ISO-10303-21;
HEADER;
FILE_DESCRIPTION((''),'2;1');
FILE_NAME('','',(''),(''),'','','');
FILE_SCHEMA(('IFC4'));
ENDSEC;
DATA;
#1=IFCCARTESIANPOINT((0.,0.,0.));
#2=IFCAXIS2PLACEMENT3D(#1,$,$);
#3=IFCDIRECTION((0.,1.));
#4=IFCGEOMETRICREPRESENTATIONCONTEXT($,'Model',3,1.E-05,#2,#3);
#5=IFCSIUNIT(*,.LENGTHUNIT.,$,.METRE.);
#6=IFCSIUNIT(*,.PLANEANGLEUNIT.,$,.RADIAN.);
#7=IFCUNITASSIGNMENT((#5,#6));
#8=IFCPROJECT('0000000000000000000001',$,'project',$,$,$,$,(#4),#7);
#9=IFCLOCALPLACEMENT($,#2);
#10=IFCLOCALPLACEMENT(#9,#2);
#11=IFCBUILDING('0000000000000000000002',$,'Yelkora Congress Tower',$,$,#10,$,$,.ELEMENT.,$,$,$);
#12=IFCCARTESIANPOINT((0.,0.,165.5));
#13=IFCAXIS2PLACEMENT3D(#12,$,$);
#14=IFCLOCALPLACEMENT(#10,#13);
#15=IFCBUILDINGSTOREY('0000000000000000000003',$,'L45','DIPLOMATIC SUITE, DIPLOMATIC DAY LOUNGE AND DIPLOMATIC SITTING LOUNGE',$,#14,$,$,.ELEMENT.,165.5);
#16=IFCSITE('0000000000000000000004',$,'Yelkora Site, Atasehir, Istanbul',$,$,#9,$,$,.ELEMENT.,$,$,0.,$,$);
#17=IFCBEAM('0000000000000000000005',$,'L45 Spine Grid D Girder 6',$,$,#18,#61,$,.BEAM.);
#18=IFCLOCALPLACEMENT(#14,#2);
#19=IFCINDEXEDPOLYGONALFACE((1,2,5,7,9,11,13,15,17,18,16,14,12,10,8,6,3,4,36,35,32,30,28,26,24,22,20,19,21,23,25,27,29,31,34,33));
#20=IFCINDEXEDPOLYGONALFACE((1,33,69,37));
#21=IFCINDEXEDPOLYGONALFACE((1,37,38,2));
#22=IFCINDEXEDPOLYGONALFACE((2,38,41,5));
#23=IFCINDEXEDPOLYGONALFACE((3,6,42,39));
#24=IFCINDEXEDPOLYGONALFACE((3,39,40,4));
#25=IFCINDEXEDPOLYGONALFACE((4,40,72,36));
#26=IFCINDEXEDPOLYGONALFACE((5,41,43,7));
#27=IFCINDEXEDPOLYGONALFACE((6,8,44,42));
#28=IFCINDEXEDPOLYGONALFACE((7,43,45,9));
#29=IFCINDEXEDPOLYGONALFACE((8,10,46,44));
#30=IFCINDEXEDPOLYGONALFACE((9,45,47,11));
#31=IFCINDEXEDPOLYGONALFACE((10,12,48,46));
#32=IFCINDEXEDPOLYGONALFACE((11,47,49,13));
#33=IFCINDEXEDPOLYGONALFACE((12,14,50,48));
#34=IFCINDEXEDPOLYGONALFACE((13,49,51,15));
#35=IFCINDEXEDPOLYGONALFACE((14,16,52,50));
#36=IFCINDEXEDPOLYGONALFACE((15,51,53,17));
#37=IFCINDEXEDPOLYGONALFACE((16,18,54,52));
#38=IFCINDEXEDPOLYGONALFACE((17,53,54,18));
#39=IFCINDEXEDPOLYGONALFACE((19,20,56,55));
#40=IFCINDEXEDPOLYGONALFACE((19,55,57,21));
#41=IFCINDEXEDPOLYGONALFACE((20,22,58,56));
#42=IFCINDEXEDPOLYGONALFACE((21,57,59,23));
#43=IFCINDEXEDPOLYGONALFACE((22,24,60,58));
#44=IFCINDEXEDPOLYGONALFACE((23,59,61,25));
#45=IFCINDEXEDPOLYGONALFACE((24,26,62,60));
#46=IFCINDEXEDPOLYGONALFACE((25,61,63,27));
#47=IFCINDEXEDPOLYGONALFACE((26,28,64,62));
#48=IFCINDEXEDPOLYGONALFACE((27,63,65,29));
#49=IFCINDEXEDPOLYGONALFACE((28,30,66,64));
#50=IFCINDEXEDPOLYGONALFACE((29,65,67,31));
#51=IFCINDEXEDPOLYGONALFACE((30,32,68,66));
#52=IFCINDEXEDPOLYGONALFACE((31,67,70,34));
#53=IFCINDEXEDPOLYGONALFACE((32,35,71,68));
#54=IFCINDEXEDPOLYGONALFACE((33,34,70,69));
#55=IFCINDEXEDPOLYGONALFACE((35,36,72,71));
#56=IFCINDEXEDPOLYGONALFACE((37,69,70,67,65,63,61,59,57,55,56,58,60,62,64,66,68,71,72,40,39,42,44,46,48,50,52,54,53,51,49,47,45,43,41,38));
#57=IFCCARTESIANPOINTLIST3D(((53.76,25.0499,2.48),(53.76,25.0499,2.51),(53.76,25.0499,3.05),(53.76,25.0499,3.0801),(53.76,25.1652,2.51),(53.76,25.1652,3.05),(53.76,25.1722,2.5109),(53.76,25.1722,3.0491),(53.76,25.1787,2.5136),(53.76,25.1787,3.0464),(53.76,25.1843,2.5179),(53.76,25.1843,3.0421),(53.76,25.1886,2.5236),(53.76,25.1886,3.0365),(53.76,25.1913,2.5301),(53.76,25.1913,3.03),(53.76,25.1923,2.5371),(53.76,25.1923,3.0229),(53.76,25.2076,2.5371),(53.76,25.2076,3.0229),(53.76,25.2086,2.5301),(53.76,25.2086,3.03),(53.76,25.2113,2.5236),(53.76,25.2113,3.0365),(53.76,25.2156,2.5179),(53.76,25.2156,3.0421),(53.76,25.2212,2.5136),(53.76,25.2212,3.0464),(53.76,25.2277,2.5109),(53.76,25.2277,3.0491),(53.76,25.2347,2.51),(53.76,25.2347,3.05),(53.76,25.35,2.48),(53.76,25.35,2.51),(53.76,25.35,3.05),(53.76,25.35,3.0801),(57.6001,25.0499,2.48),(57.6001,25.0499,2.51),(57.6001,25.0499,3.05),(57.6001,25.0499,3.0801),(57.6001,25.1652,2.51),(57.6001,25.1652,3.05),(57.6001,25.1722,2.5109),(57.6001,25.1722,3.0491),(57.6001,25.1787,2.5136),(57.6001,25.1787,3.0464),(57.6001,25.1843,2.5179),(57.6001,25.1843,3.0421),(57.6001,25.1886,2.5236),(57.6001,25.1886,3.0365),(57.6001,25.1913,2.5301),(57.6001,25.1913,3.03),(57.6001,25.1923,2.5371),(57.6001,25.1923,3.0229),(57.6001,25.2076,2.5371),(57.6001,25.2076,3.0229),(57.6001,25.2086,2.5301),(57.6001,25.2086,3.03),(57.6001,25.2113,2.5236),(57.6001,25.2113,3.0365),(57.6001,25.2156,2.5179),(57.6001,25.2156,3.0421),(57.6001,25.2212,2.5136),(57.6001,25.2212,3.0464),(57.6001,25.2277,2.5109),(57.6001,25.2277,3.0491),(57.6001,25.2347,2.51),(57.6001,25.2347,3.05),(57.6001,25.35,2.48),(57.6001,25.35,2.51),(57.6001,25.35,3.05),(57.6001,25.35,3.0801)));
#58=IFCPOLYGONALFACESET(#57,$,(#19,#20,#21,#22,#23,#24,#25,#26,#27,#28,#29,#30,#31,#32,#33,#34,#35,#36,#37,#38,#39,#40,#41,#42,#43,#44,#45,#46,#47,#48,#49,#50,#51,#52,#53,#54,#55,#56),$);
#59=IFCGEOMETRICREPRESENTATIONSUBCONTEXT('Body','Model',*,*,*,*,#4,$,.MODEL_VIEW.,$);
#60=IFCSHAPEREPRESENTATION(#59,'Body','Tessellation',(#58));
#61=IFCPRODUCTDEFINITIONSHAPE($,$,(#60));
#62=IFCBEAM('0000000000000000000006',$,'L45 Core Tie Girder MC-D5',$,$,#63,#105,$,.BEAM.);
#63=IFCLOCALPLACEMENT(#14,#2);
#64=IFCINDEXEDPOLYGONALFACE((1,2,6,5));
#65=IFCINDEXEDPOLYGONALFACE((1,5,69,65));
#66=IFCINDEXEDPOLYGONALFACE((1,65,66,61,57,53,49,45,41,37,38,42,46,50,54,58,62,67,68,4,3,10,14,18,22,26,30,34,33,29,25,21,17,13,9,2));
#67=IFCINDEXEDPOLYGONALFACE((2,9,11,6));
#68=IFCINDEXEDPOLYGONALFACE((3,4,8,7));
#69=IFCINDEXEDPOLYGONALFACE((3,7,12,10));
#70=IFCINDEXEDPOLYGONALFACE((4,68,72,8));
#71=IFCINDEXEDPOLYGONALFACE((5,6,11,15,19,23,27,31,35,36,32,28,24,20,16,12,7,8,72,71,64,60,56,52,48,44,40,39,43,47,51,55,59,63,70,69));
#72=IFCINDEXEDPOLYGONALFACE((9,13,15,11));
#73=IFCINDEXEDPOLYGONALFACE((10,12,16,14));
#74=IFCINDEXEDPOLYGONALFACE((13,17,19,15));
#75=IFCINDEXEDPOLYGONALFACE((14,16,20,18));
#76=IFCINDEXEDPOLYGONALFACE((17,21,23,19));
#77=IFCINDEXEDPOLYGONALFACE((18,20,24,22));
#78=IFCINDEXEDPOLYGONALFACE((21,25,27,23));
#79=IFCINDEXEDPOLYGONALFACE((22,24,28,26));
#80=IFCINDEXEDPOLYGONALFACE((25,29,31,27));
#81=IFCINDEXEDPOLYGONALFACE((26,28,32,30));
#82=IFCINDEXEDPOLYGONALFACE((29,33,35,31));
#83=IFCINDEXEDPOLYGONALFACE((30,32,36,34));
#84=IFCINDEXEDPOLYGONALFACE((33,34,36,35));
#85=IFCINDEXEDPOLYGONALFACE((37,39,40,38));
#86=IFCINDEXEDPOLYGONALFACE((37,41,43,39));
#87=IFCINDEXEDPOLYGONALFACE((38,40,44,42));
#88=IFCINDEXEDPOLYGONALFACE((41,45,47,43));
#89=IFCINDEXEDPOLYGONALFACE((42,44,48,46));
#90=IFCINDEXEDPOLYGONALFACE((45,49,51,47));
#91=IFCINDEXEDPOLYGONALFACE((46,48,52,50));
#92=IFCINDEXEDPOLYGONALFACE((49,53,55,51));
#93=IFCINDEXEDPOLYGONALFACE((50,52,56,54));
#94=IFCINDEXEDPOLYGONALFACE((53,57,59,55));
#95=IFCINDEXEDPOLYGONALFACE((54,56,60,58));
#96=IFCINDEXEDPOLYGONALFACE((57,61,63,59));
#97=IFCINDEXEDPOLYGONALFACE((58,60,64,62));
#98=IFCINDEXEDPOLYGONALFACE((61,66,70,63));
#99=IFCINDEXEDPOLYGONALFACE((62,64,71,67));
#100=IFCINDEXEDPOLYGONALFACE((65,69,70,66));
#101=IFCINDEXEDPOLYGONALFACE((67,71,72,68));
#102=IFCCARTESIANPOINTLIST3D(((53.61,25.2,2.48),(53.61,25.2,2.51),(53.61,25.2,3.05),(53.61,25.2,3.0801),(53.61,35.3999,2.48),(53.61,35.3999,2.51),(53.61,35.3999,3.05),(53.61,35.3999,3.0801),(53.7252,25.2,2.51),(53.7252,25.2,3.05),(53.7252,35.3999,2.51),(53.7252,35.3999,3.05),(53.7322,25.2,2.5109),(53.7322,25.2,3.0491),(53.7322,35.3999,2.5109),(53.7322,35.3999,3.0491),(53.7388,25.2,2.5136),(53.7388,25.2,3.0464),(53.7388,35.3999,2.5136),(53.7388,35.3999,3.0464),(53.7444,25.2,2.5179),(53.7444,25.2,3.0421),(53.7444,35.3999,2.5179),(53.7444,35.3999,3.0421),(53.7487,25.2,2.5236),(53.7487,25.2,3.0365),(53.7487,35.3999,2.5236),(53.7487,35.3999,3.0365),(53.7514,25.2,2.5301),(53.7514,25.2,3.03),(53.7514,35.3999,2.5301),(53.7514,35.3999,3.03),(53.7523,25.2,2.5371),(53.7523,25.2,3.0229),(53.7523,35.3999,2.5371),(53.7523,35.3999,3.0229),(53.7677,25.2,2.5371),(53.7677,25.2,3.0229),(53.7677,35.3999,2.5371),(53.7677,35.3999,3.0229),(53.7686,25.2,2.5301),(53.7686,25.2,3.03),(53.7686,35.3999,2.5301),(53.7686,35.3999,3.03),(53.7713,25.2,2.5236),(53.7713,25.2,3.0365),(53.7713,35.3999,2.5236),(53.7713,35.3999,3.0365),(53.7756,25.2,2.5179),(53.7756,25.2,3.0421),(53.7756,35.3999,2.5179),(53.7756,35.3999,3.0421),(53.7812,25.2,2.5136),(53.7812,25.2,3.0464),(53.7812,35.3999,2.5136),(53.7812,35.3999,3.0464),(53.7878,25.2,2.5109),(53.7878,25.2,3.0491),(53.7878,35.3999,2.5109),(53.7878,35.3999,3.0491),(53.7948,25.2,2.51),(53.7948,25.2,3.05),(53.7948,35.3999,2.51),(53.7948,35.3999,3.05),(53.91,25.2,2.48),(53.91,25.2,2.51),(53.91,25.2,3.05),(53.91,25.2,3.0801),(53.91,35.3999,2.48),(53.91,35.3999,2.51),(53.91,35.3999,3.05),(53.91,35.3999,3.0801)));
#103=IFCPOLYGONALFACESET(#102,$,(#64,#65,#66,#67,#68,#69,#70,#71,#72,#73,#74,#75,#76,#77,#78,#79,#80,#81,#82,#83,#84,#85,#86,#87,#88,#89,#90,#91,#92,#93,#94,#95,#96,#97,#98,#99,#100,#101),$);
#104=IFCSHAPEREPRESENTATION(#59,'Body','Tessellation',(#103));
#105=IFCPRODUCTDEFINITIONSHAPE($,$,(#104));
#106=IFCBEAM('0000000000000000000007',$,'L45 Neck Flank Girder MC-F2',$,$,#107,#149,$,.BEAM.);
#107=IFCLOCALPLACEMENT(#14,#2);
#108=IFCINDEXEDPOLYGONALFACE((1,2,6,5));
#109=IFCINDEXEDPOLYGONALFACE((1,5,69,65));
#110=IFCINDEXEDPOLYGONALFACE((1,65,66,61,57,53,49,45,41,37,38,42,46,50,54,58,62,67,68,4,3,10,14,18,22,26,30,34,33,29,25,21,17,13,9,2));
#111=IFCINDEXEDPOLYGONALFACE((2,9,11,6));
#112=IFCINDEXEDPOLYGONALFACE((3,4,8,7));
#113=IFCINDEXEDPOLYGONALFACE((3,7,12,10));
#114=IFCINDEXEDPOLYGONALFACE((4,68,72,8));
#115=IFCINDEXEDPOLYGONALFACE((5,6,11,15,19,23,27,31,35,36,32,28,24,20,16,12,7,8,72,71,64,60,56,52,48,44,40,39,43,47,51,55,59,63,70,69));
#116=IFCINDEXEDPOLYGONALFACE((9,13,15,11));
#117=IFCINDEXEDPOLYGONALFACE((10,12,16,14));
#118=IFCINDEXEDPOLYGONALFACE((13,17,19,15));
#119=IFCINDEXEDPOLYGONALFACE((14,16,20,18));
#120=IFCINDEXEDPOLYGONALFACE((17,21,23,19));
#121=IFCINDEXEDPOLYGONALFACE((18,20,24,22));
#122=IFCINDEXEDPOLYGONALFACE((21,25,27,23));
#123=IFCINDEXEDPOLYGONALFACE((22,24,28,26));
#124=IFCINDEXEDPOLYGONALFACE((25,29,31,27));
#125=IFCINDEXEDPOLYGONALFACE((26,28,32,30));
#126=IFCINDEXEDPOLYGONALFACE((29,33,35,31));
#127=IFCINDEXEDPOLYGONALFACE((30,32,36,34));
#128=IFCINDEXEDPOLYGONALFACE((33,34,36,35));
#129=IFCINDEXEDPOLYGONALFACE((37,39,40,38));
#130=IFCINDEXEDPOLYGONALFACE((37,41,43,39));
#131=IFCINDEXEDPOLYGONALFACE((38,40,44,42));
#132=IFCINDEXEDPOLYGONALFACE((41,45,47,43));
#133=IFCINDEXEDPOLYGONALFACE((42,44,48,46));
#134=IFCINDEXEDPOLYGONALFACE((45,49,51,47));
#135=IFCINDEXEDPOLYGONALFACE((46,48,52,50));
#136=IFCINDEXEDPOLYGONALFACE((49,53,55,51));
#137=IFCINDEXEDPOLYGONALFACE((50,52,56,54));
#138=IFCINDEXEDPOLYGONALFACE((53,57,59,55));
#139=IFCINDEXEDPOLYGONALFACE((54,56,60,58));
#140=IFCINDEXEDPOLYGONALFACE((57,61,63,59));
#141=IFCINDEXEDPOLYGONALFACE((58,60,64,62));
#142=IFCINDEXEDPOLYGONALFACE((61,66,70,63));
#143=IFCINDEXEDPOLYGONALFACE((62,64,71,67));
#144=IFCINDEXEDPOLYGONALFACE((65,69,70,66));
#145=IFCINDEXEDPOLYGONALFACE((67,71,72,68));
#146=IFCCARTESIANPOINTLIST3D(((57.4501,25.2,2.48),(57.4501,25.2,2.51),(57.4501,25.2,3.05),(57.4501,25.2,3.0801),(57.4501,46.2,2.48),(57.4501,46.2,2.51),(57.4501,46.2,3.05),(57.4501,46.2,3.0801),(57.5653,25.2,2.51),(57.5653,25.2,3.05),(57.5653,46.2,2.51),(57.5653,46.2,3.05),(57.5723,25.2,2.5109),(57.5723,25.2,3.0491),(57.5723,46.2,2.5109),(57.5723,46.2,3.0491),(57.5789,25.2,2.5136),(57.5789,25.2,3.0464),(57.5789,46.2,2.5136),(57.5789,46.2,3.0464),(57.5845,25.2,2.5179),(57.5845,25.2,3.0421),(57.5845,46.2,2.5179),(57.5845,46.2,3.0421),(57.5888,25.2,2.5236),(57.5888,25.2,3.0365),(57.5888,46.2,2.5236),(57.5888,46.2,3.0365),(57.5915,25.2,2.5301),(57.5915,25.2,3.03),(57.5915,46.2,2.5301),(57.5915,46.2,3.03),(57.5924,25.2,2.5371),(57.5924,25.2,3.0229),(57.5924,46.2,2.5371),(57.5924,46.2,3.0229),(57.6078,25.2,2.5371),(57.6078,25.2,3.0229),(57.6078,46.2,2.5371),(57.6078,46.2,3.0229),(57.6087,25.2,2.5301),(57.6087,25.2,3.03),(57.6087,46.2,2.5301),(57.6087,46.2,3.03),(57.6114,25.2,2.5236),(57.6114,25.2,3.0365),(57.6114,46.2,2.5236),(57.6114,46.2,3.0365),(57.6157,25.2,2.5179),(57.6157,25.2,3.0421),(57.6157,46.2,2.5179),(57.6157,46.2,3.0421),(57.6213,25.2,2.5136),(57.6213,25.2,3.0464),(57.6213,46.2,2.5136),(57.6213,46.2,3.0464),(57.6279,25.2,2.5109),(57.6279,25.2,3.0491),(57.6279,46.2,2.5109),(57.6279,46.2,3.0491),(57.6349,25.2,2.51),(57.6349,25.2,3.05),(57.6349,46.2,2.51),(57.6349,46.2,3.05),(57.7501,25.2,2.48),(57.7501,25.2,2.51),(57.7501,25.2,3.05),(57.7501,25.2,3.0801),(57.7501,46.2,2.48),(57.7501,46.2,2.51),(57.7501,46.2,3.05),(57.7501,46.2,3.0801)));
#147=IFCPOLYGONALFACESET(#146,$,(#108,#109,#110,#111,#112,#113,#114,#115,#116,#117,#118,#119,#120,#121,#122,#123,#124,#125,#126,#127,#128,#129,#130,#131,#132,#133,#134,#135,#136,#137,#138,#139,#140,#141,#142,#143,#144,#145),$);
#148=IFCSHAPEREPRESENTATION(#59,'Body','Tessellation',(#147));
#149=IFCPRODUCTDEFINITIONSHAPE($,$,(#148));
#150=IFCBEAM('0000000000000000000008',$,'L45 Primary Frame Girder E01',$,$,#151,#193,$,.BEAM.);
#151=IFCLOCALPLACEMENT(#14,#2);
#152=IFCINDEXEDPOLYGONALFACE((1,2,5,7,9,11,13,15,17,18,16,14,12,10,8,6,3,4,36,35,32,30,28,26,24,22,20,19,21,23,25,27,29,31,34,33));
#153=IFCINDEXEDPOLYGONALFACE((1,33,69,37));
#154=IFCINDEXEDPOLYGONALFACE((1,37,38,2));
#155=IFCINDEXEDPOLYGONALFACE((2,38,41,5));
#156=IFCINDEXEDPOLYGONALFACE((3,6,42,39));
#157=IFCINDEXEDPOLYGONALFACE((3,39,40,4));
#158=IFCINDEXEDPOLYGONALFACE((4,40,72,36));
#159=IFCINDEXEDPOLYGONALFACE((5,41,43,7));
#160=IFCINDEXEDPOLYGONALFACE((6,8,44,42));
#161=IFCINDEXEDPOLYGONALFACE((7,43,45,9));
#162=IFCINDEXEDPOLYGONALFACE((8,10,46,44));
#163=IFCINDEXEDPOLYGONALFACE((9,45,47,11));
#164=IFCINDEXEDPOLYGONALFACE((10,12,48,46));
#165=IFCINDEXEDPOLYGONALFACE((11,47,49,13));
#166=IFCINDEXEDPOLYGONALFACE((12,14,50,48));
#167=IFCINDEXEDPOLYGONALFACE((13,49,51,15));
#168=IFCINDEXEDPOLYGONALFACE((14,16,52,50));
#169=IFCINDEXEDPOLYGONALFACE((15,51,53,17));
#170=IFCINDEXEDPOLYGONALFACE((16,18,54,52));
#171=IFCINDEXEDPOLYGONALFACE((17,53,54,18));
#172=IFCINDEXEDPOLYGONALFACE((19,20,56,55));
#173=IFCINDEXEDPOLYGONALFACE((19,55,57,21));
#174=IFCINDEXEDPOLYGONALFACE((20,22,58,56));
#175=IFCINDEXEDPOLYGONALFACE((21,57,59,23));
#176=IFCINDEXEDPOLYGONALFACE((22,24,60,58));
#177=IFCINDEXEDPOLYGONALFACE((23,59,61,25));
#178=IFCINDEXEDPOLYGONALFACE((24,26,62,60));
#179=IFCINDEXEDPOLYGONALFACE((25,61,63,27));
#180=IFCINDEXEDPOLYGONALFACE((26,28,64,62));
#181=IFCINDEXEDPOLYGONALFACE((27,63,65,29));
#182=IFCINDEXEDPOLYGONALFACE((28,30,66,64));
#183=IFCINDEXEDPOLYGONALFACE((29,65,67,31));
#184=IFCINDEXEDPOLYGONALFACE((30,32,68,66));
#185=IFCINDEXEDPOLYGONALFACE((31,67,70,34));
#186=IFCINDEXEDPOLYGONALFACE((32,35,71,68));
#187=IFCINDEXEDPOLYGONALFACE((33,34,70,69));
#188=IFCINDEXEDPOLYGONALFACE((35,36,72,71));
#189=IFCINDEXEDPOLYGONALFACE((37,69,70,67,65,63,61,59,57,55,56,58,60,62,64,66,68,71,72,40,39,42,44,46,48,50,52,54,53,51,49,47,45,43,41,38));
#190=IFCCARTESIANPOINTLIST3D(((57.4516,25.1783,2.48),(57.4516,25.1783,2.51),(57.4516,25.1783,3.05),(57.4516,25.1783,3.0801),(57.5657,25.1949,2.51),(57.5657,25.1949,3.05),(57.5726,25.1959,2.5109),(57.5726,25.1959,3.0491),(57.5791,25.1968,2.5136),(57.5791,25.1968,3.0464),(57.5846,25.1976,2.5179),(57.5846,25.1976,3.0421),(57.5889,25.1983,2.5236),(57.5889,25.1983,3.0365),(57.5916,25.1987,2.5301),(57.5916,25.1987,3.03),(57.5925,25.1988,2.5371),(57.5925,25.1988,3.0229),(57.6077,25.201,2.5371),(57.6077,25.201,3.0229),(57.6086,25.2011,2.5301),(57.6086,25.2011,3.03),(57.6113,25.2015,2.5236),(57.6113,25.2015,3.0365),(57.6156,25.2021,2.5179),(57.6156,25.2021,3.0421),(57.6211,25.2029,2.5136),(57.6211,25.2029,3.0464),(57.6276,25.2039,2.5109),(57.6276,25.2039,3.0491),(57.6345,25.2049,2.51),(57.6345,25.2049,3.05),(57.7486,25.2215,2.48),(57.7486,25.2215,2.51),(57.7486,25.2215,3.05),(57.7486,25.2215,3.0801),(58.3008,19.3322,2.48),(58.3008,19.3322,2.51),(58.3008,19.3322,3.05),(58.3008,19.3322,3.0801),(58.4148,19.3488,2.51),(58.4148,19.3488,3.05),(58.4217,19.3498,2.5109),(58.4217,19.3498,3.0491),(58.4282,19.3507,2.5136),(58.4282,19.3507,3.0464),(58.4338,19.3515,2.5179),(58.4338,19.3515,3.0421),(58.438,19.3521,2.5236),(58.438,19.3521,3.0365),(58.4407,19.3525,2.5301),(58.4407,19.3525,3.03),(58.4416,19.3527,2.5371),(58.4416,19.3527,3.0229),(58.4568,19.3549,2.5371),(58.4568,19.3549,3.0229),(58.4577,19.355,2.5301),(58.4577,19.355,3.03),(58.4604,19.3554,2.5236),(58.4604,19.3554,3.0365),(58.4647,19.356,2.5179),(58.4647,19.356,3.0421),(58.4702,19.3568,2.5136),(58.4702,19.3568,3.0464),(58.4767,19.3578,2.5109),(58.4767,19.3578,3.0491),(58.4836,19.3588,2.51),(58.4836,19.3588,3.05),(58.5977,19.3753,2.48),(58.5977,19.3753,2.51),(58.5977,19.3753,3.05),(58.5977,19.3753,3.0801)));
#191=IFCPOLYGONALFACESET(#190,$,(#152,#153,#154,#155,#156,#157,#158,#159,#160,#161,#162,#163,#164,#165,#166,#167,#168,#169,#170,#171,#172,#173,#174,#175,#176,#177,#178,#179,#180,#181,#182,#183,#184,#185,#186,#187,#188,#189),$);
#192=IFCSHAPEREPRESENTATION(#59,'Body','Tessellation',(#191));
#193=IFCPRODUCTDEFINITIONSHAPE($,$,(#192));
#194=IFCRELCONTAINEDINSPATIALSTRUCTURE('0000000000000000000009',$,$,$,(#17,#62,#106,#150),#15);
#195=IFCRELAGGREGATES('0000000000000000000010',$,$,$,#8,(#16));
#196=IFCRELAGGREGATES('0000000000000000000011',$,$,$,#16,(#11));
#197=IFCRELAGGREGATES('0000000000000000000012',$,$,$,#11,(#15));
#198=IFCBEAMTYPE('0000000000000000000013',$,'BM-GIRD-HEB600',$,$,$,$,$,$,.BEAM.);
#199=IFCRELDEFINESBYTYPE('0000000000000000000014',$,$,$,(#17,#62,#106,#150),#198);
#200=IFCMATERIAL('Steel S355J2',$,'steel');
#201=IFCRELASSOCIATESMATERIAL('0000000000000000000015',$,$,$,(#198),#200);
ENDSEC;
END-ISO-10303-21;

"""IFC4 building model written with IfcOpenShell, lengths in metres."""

from ifc_helpers import new_model, si_unit, direction, frame, origin, origin_2d, place, context, subcontext, project, spatial, i_section, extrude, material, material_profile, profile_set, type_object, element, save


model = new_model("IFC4")

# Units and contexts
model_context = context("Model", 3, precision=1e-05, world=origin(), true_north=direction((0.0, 1.0)))
body_context = subcontext(model_context, "Body", "Model", "MODEL_VIEW")
ifc_project = project(units=[si_unit("LENGTHUNIT", "METRE"), si_unit("PLANEANGLEUNIT", "RADIAN")], contexts=[model_context])

# Site, building, storey
site_placement = place(None, origin())
site = spatial("IfcSite", under=ifc_project, at=site_placement, Name="Yelkora Site, Atasehir, Istanbul", CompositionType="ELEMENT", RefElevation=0.0)
building_placement = place(site_placement, origin())
building = spatial("IfcBuilding", under=site, at=building_placement, Name="Yelkora Congress Tower", CompositionType="ELEMENT")
storey_placement = place(building_placement, frame((0.0, 0.0, 165.5)))
storey = spatial("IfcBuildingStorey", under=building, at=storey_placement, Name="L45", Description="DIPLOMATIC SUITE, DIPLOMATIC DAY LOUNGE AND DIPLOMATIC SITTING LOUNGE", CompositionType="ELEMENT", Elevation=165.5)

# Beams
ifc_material_1 = material(Name="Steel S355J2", Category="steel")
ifc_material_profile_1 = material_profile(ifc_material_1, i_section(OverallWidth=0.3, OverallDepth=0.6001, WebThickness=0.0154, FlangeThickness=0.03, FilletRadius=0.0271, at=origin_2d()), Name="HEB 600")
ifc_profile_set_1 = profile_set([ifc_material_profile_1], Name="Steel S355J2")
beam_type_1 = type_object("IfcBeamType", Name="BM-GIRD-HEB600", PredefinedType="BEAM", material=ifc_profile_set_1)
beam_1_placement = place(storey_placement, frame((53.76, 25.2, 2.78), z_axis=(1.0, 0.0, 0.0), x_axis=(0.0, 1.0, 0.0)))
element("IfcBeam", 1, at=beam_1_placement, inside=storey, type_object=beam_type_1, Name="L45 Spine Grid D Girder 6", PredefinedType="BEAM", context=body_context, shape_type="SweptSolid", body=[
    extrude(i_section(OverallWidth=0.3, OverallDepth=0.6001, WebThickness=0.0154, FlangeThickness=0.03, FilletRadius=0.0271, at=origin_2d()), origin(), (0.0, 0.0, 1.0), 3.8401),
])
beam_2_placement = place(storey_placement, frame((53.76, 25.2, 2.78), z_axis=(0.0, 1.0, 0.0), x_axis=(-1.0, 0.0, 0.0)))
element("IfcBeam", 2, at=beam_2_placement, inside=storey, type_object=beam_type_1, Name="L45 Core Tie Girder MC-D5", PredefinedType="BEAM", context=body_context, shape_type="SweptSolid", body=[
    extrude(i_section(OverallWidth=0.3, OverallDepth=0.6001, WebThickness=0.0154, FlangeThickness=0.03, FilletRadius=0.0271, at=origin_2d()), origin(), (0.0, 0.0, 1.0), 10.2),
])
beam_3_placement = place(storey_placement, frame((57.6001, 25.2, 2.78), z_axis=(0.0, 1.0, 0.0), x_axis=(-1.0, 0.0, 0.0)))
element("IfcBeam", 3, at=beam_3_placement, inside=storey, type_object=beam_type_1, Name="L45 Neck Flank Girder MC-F2", PredefinedType="BEAM", context=body_context, shape_type="SweptSolid", body=[
    extrude(i_section(OverallWidth=0.3, OverallDepth=0.6001, WebThickness=0.0154, FlangeThickness=0.03, FilletRadius=0.0271, at=origin_2d()), origin(), (0.0, 0.0, 1.0), 21.0),
])
beam_4_placement = place(storey_placement, frame((58.4492, 19.3538, 2.78), z_axis=(-0.143735, 0.989616, 0.0), x_axis=(-0.989616, -0.143735, 0.0)))
element("IfcBeam", 4, at=beam_4_placement, inside=storey, type_object=beam_type_1, Name="L45 Primary Frame Girder E01", PredefinedType="BEAM", context=body_context, shape_type="SweptSolid", body=[
    extrude(i_section(OverallWidth=0.3, OverallDepth=0.6001, WebThickness=0.0154, FlangeThickness=0.03, FilletRadius=0.0271, at=origin_2d()), origin(), (0.0, 0.0, 1.0), 5.9075),
])

save(model, "model.ifc")
